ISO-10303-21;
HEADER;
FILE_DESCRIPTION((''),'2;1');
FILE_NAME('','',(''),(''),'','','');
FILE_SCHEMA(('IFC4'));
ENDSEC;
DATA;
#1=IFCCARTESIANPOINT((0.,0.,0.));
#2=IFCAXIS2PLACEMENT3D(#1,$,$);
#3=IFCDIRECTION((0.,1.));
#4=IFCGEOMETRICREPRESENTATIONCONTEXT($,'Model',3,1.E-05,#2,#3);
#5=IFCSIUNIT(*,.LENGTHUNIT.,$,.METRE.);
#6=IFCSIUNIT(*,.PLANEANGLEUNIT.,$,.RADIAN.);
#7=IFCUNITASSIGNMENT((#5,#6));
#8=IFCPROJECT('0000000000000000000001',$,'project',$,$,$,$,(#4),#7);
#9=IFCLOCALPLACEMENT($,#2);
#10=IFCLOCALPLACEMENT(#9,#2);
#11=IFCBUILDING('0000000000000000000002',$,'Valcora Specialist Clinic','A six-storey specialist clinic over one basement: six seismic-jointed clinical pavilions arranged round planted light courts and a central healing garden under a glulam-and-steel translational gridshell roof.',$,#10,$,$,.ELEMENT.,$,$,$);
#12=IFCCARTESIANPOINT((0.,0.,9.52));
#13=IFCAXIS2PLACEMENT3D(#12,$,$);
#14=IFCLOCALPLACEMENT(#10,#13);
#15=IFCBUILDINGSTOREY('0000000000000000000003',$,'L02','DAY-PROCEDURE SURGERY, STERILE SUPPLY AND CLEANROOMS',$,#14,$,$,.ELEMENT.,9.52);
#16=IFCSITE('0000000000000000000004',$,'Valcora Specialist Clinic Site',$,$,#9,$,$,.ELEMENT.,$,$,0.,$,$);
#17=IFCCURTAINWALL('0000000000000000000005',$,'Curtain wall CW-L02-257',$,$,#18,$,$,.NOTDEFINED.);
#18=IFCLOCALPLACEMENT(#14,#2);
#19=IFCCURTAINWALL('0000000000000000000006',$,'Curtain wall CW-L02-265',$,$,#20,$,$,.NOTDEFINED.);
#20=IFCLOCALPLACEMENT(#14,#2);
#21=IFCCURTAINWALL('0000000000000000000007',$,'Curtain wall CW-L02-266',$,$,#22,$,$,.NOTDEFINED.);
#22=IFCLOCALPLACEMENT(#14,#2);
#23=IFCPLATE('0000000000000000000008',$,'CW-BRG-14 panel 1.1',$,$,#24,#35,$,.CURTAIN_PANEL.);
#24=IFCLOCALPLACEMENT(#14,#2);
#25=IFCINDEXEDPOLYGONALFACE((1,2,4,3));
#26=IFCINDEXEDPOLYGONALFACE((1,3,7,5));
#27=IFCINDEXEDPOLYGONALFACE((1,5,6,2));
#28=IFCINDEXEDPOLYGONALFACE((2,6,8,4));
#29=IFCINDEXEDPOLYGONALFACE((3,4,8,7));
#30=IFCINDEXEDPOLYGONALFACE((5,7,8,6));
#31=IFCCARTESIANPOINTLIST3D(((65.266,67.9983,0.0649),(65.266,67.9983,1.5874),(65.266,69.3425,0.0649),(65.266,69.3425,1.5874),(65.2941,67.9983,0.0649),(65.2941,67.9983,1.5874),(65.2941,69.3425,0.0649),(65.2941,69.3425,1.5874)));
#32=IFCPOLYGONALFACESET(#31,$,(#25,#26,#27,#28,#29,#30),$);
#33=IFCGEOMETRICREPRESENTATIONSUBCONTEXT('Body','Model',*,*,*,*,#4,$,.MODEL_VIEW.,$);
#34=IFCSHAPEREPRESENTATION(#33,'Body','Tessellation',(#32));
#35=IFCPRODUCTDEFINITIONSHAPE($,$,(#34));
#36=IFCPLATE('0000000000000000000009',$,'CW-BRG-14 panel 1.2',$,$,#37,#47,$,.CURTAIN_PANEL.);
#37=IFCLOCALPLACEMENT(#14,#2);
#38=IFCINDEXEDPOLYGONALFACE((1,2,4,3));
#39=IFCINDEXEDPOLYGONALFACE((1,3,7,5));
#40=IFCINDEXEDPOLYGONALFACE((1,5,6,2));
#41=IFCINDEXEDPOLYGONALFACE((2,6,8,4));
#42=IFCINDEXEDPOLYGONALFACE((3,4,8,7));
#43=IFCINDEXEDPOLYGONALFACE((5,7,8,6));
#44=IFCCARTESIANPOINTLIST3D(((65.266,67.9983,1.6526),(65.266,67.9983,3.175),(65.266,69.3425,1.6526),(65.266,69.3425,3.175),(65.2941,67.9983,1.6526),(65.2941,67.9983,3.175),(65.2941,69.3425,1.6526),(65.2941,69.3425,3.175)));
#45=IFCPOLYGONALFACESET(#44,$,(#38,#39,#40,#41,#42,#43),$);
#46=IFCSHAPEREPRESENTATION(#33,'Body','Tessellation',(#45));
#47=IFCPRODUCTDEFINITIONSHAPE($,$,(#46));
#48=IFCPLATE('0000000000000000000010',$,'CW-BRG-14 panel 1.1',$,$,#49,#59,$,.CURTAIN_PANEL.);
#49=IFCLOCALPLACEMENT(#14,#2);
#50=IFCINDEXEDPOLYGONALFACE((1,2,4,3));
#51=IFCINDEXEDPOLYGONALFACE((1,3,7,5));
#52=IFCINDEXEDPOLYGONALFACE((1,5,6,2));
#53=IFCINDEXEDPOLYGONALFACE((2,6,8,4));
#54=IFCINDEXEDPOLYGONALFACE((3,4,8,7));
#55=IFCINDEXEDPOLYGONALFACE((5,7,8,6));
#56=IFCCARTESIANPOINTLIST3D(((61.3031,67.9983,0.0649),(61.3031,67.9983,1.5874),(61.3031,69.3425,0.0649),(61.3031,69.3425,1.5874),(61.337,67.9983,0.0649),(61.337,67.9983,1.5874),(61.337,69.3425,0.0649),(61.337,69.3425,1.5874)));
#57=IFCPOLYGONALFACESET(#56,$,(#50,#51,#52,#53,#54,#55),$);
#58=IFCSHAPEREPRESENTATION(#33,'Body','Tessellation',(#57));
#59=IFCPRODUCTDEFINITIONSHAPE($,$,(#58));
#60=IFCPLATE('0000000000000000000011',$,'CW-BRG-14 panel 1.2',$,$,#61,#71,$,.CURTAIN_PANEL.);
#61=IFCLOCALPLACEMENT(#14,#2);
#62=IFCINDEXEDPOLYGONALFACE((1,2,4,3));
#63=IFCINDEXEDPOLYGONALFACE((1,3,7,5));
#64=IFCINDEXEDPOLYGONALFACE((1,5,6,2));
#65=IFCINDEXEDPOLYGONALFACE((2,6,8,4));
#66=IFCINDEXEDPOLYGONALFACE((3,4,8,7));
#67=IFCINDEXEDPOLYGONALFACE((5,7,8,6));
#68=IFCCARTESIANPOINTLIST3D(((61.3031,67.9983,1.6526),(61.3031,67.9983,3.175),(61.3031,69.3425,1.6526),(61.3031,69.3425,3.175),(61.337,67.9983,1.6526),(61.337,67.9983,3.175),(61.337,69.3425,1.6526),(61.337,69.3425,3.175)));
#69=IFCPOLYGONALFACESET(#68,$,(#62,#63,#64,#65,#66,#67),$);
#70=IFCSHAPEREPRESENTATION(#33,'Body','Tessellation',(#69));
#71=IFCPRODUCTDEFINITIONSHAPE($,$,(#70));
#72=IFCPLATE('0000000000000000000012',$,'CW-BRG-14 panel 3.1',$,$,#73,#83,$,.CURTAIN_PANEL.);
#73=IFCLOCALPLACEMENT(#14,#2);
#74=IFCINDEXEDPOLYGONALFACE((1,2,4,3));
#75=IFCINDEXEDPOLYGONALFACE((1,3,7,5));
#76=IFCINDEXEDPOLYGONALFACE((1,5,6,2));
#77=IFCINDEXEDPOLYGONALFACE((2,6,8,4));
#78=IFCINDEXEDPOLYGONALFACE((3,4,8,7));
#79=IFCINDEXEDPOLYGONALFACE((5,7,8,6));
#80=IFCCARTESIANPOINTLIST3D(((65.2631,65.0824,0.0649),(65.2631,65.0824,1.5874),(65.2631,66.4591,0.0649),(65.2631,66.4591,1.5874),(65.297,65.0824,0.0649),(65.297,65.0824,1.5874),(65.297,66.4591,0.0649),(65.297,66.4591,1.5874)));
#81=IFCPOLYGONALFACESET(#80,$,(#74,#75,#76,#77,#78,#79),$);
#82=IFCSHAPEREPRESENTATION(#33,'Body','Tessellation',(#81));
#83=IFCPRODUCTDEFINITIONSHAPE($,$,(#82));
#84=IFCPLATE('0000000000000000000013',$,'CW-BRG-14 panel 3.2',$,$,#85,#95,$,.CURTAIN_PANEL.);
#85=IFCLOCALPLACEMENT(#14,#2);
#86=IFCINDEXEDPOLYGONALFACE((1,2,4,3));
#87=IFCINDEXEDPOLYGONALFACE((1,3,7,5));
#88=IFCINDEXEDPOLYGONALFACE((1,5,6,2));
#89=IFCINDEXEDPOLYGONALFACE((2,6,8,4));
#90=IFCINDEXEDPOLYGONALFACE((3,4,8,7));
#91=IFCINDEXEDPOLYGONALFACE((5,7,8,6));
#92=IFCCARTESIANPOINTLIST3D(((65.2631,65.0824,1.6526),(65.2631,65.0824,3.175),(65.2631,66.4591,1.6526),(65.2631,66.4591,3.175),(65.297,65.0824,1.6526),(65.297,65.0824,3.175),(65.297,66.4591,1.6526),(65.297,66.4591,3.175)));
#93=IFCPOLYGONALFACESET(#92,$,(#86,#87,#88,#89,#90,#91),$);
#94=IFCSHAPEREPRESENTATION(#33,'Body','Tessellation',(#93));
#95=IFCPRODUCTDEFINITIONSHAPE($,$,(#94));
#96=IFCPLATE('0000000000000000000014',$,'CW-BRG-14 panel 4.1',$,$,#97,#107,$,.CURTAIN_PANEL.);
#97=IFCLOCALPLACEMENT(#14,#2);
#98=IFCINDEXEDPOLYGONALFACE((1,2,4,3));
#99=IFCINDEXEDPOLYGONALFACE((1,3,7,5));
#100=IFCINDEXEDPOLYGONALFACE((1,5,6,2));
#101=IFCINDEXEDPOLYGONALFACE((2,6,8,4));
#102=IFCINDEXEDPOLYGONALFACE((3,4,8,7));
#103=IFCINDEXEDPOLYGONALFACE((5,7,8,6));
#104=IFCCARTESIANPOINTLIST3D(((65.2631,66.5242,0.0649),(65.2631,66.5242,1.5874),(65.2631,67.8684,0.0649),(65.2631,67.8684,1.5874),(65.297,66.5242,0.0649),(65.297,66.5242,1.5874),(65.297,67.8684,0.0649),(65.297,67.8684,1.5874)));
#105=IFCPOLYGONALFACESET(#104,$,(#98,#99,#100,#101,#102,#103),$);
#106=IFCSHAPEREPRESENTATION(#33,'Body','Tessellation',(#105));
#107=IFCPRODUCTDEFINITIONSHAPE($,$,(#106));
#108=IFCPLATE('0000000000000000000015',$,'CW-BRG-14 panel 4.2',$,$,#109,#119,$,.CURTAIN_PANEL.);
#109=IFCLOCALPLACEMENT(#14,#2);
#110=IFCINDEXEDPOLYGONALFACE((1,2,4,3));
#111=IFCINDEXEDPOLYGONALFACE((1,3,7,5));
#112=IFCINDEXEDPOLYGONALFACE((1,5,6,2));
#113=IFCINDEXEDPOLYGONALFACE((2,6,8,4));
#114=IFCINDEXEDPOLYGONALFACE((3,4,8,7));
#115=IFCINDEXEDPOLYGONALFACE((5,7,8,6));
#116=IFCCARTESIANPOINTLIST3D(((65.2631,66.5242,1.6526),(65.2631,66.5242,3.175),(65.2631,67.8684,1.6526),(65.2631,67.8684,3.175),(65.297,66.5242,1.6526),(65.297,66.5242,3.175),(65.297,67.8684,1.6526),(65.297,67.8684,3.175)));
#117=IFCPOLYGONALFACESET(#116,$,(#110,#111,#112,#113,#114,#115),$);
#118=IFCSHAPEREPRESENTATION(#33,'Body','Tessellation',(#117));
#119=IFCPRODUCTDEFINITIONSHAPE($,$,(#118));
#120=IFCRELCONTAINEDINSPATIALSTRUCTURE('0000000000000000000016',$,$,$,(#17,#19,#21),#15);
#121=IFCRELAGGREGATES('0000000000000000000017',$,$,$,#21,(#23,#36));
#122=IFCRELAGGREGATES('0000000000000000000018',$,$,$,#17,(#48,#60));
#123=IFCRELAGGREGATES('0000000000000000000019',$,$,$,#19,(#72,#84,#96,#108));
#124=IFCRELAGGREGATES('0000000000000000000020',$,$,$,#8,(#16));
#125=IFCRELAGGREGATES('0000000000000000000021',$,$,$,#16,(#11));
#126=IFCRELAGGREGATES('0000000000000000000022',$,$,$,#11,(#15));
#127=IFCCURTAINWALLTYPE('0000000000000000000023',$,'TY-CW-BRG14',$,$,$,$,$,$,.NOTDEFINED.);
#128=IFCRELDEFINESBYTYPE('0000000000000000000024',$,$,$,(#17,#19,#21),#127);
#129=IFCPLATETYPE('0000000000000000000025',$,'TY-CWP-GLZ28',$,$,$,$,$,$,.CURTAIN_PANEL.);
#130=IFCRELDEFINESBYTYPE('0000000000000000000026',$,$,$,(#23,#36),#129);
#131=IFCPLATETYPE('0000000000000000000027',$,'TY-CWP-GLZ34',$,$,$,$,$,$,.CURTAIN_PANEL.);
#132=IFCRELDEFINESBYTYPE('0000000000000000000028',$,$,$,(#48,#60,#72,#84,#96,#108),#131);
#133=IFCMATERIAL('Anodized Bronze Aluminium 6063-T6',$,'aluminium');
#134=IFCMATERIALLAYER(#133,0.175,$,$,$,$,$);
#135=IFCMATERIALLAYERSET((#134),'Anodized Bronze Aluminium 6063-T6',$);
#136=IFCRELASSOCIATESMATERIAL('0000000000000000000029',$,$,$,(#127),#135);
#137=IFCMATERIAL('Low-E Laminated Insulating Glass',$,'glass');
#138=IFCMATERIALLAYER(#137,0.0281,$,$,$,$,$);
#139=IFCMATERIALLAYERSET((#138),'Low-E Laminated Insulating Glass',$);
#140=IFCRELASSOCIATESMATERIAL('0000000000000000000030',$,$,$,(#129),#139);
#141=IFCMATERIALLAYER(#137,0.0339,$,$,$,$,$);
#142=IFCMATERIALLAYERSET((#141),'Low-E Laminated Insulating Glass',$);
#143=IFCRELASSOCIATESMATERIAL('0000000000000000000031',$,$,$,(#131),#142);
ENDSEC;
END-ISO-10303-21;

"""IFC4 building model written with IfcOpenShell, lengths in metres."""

from ifc_helpers import new_model, si_unit, direction, frame, origin, origin_2d, place, context, subcontext, project, spatial, rectangle, extrude, material, layer, layer_set, type_object, element, aggregate, save


model = new_model("IFC4")

# Units and contexts
model_context = context("Model", 3, precision=1e-05, world=origin(), true_north=direction((0.0, 1.0)))
body_context = subcontext(model_context, "Body", "Model", "MODEL_VIEW")
ifc_project = project(units=[si_unit("LENGTHUNIT", "METRE"), si_unit("PLANEANGLEUNIT", "RADIAN")], contexts=[model_context])

# Site, building, storey
site_placement = place(None, origin())
site = spatial("IfcSite", under=ifc_project, at=site_placement, Name="Valcora Specialist Clinic Site", CompositionType="ELEMENT", RefElevation=0.0)
building_placement = place(site_placement, origin())
building = spatial("IfcBuilding", under=site, at=building_placement, Name="Valcora Specialist Clinic", Description="A six-storey specialist clinic over one basement: six seismic-jointed clinical pavilions arranged round planted light courts and a central healing garden under a glulam-and-steel translational gridshell roof.", CompositionType="ELEMENT")
storey_placement = place(building_placement, frame((0.0, 0.0, 9.52)))
storey = spatial("IfcBuildingStorey", under=building, at=storey_placement, Name="L02", Description="DAY-PROCEDURE SURGERY, STERILE SUPPLY AND CLEANROOMS", CompositionType="ELEMENT", Elevation=9.52)

# Curtain walls
ifc_material_1 = material(Name="Anodized Bronze Aluminium 6063-T6", Category="aluminium")
ifc_layer_1 = layer(ifc_material_1, 0.175)
ifc_layer_set_1 = layer_set([ifc_layer_1], Name="Anodized Bronze Aluminium 6063-T6")
curtain_wall_type = type_object("IfcCurtainWallType", Name="TY-CW-BRG14", PredefinedType="NOTDEFINED", material=ifc_layer_set_1)
curtain_wall_1_placement = place(storey_placement, origin())
curtain_wall_1 = element("IfcCurtainWall", 1, at=curtain_wall_1_placement, inside=storey, type_object=curtain_wall_type, Name="Curtain wall CW-L02-257", PredefinedType="NOTDEFINED")
curtain_wall_2_placement = place(storey_placement, origin())
curtain_wall_2 = element("IfcCurtainWall", 2, at=curtain_wall_2_placement, inside=storey, type_object=curtain_wall_type, Name="Curtain wall CW-L02-265", PredefinedType="NOTDEFINED")

# Curtain wall
curtain_wall_3_placement = place(storey_placement, origin())
curtain_wall_3 = element("IfcCurtainWall", 3, at=curtain_wall_3_placement, inside=storey, type_object=curtain_wall_type, Name="Curtain wall CW-L02-266", PredefinedType="NOTDEFINED")

# Plates
ifc_material_2 = material(Name="Low-E Laminated Insulating Glass", Category="glass")
ifc_layer_2 = layer(ifc_material_2, 0.0281)
ifc_layer_set_2 = layer_set([ifc_layer_2], Name="Low-E Laminated Insulating Glass")
plate_type_1 = type_object("IfcPlateType", Name="TY-CWP-GLZ28", PredefinedType="CURTAIN_PANEL", material=ifc_layer_set_2)
plate_1_placement = place(storey_placement, frame((65.28, 68.6704, 0.0649), z_axis=(0.0, 0.0, 1.0), x_axis=(0.0, 1.0, 0.0)))
plate_1 = element("IfcPlate", 4, at=plate_1_placement, type_object=plate_type_1, Name="CW-BRG-14 panel 1.1", PredefinedType="CURTAIN_PANEL", context=body_context, shape_type="SweptSolid", body=[
    extrude(rectangle(XDim=1.3442, YDim=0.0281, at=origin_2d()), origin(), (0.0, 0.0, 1.0), 1.5225),
])
plate_2_placement = place(storey_placement, frame((65.28, 68.6704, 1.6526), z_axis=(0.0, 0.0, 1.0), x_axis=(0.0, 1.0, 0.0)))
plate_2 = element("IfcPlate", 5, at=plate_2_placement, type_object=plate_type_1, Name="CW-BRG-14 panel 1.2", PredefinedType="CURTAIN_PANEL", context=body_context, shape_type="SweptSolid", body=[
    extrude(rectangle(XDim=1.3442, YDim=0.0281, at=origin_2d()), origin(), (0.0, 0.0, 1.0), 1.5225),
])
aggregate(curtain_wall_3, [plate_1, plate_2])
ifc_layer_3 = layer(ifc_material_2, 0.0339)
ifc_layer_set_3 = layer_set([ifc_layer_3], Name="Low-E Laminated Insulating Glass")
plate_type_2 = type_object("IfcPlateType", Name="TY-CWP-GLZ34", PredefinedType="CURTAIN_PANEL", material=ifc_layer_set_3)
plate_3_placement = place(storey_placement, frame((61.3201, 68.6704, 0.0649), z_axis=(0.0, 0.0, 1.0), x_axis=(0.0, 1.0, 0.0)))
plate_3 = element("IfcPlate", 6, at=plate_3_placement, type_object=plate_type_2, Name="CW-BRG-14 panel 1.1", PredefinedType="CURTAIN_PANEL", context=body_context, shape_type="SweptSolid", body=[
    extrude(rectangle(XDim=1.3442, YDim=0.0339, at=origin_2d()), origin(), (0.0, 0.0, 1.0), 1.5225),
])
plate_4_placement = place(storey_placement, frame((61.3201, 68.6704, 1.6526), z_axis=(0.0, 0.0, 1.0), x_axis=(0.0, 1.0, 0.0)))
plate_4 = element("IfcPlate", 7, at=plate_4_placement, type_object=plate_type_2, Name="CW-BRG-14 panel 1.2", PredefinedType="CURTAIN_PANEL", context=body_context, shape_type="SweptSolid", body=[
    extrude(rectangle(XDim=1.3442, YDim=0.0339, at=origin_2d()), origin(), (0.0, 0.0, 1.0), 1.5225),
])
aggregate(curtain_wall_1, [plate_3, plate_4])
plate_5_placement = place(storey_placement, frame((65.28, 65.7708, 0.0649), z_axis=(0.0, 0.0, 1.0), x_axis=(0.0, 1.0, 0.0)))
plate_5 = element("IfcPlate", 8, at=plate_5_placement, type_object=plate_type_2, Name="CW-BRG-14 panel 3.1", PredefinedType="CURTAIN_PANEL", context=body_context, shape_type="SweptSolid", body=[
    extrude(rectangle(XDim=1.3767, YDim=0.0339, at=origin_2d()), origin(), (0.0, 0.0, 1.0), 1.5225),
])
plate_6_placement = place(storey_placement, frame((65.28, 65.7708, 1.6526), z_axis=(0.0, 0.0, 1.0), x_axis=(0.0, 1.0, 0.0)))
plate_6 = element("IfcPlate", 9, at=plate_6_placement, type_object=plate_type_2, Name="CW-BRG-14 panel 3.2", PredefinedType="CURTAIN_PANEL", context=body_context, shape_type="SweptSolid", body=[
    extrude(rectangle(XDim=1.3767, YDim=0.0339, at=origin_2d()), origin(), (0.0, 0.0, 1.0), 1.5225),
])
plate_7_placement = place(storey_placement, frame((65.28, 67.1963, 0.0649), z_axis=(0.0, 0.0, 1.0), x_axis=(0.0, 1.0, 0.0)))
plate_7 = element("IfcPlate", 10, at=plate_7_placement, type_object=plate_type_2, Name="CW-BRG-14 panel 4.1", PredefinedType="CURTAIN_PANEL", context=body_context, shape_type="SweptSolid", body=[
    extrude(rectangle(XDim=1.3442, YDim=0.0339, at=origin_2d()), origin(), (0.0, 0.0, 1.0), 1.5225),
])
plate_8_placement = place(storey_placement, frame((65.28, 67.1963, 1.6526), z_axis=(0.0, 0.0, 1.0), x_axis=(0.0, 1.0, 0.0)))
plate_8 = element("IfcPlate", 11, at=plate_8_placement, type_object=plate_type_2, Name="CW-BRG-14 panel 4.2", PredefinedType="CURTAIN_PANEL", context=body_context, shape_type="SweptSolid", body=[
    extrude(rectangle(XDim=1.3442, YDim=0.0339, at=origin_2d()), origin(), (0.0, 0.0, 1.0), 1.5225),
])
aggregate(curtain_wall_2, [plate_5, plate_6, plate_7, plate_8])

save(model, "model.ifc")
